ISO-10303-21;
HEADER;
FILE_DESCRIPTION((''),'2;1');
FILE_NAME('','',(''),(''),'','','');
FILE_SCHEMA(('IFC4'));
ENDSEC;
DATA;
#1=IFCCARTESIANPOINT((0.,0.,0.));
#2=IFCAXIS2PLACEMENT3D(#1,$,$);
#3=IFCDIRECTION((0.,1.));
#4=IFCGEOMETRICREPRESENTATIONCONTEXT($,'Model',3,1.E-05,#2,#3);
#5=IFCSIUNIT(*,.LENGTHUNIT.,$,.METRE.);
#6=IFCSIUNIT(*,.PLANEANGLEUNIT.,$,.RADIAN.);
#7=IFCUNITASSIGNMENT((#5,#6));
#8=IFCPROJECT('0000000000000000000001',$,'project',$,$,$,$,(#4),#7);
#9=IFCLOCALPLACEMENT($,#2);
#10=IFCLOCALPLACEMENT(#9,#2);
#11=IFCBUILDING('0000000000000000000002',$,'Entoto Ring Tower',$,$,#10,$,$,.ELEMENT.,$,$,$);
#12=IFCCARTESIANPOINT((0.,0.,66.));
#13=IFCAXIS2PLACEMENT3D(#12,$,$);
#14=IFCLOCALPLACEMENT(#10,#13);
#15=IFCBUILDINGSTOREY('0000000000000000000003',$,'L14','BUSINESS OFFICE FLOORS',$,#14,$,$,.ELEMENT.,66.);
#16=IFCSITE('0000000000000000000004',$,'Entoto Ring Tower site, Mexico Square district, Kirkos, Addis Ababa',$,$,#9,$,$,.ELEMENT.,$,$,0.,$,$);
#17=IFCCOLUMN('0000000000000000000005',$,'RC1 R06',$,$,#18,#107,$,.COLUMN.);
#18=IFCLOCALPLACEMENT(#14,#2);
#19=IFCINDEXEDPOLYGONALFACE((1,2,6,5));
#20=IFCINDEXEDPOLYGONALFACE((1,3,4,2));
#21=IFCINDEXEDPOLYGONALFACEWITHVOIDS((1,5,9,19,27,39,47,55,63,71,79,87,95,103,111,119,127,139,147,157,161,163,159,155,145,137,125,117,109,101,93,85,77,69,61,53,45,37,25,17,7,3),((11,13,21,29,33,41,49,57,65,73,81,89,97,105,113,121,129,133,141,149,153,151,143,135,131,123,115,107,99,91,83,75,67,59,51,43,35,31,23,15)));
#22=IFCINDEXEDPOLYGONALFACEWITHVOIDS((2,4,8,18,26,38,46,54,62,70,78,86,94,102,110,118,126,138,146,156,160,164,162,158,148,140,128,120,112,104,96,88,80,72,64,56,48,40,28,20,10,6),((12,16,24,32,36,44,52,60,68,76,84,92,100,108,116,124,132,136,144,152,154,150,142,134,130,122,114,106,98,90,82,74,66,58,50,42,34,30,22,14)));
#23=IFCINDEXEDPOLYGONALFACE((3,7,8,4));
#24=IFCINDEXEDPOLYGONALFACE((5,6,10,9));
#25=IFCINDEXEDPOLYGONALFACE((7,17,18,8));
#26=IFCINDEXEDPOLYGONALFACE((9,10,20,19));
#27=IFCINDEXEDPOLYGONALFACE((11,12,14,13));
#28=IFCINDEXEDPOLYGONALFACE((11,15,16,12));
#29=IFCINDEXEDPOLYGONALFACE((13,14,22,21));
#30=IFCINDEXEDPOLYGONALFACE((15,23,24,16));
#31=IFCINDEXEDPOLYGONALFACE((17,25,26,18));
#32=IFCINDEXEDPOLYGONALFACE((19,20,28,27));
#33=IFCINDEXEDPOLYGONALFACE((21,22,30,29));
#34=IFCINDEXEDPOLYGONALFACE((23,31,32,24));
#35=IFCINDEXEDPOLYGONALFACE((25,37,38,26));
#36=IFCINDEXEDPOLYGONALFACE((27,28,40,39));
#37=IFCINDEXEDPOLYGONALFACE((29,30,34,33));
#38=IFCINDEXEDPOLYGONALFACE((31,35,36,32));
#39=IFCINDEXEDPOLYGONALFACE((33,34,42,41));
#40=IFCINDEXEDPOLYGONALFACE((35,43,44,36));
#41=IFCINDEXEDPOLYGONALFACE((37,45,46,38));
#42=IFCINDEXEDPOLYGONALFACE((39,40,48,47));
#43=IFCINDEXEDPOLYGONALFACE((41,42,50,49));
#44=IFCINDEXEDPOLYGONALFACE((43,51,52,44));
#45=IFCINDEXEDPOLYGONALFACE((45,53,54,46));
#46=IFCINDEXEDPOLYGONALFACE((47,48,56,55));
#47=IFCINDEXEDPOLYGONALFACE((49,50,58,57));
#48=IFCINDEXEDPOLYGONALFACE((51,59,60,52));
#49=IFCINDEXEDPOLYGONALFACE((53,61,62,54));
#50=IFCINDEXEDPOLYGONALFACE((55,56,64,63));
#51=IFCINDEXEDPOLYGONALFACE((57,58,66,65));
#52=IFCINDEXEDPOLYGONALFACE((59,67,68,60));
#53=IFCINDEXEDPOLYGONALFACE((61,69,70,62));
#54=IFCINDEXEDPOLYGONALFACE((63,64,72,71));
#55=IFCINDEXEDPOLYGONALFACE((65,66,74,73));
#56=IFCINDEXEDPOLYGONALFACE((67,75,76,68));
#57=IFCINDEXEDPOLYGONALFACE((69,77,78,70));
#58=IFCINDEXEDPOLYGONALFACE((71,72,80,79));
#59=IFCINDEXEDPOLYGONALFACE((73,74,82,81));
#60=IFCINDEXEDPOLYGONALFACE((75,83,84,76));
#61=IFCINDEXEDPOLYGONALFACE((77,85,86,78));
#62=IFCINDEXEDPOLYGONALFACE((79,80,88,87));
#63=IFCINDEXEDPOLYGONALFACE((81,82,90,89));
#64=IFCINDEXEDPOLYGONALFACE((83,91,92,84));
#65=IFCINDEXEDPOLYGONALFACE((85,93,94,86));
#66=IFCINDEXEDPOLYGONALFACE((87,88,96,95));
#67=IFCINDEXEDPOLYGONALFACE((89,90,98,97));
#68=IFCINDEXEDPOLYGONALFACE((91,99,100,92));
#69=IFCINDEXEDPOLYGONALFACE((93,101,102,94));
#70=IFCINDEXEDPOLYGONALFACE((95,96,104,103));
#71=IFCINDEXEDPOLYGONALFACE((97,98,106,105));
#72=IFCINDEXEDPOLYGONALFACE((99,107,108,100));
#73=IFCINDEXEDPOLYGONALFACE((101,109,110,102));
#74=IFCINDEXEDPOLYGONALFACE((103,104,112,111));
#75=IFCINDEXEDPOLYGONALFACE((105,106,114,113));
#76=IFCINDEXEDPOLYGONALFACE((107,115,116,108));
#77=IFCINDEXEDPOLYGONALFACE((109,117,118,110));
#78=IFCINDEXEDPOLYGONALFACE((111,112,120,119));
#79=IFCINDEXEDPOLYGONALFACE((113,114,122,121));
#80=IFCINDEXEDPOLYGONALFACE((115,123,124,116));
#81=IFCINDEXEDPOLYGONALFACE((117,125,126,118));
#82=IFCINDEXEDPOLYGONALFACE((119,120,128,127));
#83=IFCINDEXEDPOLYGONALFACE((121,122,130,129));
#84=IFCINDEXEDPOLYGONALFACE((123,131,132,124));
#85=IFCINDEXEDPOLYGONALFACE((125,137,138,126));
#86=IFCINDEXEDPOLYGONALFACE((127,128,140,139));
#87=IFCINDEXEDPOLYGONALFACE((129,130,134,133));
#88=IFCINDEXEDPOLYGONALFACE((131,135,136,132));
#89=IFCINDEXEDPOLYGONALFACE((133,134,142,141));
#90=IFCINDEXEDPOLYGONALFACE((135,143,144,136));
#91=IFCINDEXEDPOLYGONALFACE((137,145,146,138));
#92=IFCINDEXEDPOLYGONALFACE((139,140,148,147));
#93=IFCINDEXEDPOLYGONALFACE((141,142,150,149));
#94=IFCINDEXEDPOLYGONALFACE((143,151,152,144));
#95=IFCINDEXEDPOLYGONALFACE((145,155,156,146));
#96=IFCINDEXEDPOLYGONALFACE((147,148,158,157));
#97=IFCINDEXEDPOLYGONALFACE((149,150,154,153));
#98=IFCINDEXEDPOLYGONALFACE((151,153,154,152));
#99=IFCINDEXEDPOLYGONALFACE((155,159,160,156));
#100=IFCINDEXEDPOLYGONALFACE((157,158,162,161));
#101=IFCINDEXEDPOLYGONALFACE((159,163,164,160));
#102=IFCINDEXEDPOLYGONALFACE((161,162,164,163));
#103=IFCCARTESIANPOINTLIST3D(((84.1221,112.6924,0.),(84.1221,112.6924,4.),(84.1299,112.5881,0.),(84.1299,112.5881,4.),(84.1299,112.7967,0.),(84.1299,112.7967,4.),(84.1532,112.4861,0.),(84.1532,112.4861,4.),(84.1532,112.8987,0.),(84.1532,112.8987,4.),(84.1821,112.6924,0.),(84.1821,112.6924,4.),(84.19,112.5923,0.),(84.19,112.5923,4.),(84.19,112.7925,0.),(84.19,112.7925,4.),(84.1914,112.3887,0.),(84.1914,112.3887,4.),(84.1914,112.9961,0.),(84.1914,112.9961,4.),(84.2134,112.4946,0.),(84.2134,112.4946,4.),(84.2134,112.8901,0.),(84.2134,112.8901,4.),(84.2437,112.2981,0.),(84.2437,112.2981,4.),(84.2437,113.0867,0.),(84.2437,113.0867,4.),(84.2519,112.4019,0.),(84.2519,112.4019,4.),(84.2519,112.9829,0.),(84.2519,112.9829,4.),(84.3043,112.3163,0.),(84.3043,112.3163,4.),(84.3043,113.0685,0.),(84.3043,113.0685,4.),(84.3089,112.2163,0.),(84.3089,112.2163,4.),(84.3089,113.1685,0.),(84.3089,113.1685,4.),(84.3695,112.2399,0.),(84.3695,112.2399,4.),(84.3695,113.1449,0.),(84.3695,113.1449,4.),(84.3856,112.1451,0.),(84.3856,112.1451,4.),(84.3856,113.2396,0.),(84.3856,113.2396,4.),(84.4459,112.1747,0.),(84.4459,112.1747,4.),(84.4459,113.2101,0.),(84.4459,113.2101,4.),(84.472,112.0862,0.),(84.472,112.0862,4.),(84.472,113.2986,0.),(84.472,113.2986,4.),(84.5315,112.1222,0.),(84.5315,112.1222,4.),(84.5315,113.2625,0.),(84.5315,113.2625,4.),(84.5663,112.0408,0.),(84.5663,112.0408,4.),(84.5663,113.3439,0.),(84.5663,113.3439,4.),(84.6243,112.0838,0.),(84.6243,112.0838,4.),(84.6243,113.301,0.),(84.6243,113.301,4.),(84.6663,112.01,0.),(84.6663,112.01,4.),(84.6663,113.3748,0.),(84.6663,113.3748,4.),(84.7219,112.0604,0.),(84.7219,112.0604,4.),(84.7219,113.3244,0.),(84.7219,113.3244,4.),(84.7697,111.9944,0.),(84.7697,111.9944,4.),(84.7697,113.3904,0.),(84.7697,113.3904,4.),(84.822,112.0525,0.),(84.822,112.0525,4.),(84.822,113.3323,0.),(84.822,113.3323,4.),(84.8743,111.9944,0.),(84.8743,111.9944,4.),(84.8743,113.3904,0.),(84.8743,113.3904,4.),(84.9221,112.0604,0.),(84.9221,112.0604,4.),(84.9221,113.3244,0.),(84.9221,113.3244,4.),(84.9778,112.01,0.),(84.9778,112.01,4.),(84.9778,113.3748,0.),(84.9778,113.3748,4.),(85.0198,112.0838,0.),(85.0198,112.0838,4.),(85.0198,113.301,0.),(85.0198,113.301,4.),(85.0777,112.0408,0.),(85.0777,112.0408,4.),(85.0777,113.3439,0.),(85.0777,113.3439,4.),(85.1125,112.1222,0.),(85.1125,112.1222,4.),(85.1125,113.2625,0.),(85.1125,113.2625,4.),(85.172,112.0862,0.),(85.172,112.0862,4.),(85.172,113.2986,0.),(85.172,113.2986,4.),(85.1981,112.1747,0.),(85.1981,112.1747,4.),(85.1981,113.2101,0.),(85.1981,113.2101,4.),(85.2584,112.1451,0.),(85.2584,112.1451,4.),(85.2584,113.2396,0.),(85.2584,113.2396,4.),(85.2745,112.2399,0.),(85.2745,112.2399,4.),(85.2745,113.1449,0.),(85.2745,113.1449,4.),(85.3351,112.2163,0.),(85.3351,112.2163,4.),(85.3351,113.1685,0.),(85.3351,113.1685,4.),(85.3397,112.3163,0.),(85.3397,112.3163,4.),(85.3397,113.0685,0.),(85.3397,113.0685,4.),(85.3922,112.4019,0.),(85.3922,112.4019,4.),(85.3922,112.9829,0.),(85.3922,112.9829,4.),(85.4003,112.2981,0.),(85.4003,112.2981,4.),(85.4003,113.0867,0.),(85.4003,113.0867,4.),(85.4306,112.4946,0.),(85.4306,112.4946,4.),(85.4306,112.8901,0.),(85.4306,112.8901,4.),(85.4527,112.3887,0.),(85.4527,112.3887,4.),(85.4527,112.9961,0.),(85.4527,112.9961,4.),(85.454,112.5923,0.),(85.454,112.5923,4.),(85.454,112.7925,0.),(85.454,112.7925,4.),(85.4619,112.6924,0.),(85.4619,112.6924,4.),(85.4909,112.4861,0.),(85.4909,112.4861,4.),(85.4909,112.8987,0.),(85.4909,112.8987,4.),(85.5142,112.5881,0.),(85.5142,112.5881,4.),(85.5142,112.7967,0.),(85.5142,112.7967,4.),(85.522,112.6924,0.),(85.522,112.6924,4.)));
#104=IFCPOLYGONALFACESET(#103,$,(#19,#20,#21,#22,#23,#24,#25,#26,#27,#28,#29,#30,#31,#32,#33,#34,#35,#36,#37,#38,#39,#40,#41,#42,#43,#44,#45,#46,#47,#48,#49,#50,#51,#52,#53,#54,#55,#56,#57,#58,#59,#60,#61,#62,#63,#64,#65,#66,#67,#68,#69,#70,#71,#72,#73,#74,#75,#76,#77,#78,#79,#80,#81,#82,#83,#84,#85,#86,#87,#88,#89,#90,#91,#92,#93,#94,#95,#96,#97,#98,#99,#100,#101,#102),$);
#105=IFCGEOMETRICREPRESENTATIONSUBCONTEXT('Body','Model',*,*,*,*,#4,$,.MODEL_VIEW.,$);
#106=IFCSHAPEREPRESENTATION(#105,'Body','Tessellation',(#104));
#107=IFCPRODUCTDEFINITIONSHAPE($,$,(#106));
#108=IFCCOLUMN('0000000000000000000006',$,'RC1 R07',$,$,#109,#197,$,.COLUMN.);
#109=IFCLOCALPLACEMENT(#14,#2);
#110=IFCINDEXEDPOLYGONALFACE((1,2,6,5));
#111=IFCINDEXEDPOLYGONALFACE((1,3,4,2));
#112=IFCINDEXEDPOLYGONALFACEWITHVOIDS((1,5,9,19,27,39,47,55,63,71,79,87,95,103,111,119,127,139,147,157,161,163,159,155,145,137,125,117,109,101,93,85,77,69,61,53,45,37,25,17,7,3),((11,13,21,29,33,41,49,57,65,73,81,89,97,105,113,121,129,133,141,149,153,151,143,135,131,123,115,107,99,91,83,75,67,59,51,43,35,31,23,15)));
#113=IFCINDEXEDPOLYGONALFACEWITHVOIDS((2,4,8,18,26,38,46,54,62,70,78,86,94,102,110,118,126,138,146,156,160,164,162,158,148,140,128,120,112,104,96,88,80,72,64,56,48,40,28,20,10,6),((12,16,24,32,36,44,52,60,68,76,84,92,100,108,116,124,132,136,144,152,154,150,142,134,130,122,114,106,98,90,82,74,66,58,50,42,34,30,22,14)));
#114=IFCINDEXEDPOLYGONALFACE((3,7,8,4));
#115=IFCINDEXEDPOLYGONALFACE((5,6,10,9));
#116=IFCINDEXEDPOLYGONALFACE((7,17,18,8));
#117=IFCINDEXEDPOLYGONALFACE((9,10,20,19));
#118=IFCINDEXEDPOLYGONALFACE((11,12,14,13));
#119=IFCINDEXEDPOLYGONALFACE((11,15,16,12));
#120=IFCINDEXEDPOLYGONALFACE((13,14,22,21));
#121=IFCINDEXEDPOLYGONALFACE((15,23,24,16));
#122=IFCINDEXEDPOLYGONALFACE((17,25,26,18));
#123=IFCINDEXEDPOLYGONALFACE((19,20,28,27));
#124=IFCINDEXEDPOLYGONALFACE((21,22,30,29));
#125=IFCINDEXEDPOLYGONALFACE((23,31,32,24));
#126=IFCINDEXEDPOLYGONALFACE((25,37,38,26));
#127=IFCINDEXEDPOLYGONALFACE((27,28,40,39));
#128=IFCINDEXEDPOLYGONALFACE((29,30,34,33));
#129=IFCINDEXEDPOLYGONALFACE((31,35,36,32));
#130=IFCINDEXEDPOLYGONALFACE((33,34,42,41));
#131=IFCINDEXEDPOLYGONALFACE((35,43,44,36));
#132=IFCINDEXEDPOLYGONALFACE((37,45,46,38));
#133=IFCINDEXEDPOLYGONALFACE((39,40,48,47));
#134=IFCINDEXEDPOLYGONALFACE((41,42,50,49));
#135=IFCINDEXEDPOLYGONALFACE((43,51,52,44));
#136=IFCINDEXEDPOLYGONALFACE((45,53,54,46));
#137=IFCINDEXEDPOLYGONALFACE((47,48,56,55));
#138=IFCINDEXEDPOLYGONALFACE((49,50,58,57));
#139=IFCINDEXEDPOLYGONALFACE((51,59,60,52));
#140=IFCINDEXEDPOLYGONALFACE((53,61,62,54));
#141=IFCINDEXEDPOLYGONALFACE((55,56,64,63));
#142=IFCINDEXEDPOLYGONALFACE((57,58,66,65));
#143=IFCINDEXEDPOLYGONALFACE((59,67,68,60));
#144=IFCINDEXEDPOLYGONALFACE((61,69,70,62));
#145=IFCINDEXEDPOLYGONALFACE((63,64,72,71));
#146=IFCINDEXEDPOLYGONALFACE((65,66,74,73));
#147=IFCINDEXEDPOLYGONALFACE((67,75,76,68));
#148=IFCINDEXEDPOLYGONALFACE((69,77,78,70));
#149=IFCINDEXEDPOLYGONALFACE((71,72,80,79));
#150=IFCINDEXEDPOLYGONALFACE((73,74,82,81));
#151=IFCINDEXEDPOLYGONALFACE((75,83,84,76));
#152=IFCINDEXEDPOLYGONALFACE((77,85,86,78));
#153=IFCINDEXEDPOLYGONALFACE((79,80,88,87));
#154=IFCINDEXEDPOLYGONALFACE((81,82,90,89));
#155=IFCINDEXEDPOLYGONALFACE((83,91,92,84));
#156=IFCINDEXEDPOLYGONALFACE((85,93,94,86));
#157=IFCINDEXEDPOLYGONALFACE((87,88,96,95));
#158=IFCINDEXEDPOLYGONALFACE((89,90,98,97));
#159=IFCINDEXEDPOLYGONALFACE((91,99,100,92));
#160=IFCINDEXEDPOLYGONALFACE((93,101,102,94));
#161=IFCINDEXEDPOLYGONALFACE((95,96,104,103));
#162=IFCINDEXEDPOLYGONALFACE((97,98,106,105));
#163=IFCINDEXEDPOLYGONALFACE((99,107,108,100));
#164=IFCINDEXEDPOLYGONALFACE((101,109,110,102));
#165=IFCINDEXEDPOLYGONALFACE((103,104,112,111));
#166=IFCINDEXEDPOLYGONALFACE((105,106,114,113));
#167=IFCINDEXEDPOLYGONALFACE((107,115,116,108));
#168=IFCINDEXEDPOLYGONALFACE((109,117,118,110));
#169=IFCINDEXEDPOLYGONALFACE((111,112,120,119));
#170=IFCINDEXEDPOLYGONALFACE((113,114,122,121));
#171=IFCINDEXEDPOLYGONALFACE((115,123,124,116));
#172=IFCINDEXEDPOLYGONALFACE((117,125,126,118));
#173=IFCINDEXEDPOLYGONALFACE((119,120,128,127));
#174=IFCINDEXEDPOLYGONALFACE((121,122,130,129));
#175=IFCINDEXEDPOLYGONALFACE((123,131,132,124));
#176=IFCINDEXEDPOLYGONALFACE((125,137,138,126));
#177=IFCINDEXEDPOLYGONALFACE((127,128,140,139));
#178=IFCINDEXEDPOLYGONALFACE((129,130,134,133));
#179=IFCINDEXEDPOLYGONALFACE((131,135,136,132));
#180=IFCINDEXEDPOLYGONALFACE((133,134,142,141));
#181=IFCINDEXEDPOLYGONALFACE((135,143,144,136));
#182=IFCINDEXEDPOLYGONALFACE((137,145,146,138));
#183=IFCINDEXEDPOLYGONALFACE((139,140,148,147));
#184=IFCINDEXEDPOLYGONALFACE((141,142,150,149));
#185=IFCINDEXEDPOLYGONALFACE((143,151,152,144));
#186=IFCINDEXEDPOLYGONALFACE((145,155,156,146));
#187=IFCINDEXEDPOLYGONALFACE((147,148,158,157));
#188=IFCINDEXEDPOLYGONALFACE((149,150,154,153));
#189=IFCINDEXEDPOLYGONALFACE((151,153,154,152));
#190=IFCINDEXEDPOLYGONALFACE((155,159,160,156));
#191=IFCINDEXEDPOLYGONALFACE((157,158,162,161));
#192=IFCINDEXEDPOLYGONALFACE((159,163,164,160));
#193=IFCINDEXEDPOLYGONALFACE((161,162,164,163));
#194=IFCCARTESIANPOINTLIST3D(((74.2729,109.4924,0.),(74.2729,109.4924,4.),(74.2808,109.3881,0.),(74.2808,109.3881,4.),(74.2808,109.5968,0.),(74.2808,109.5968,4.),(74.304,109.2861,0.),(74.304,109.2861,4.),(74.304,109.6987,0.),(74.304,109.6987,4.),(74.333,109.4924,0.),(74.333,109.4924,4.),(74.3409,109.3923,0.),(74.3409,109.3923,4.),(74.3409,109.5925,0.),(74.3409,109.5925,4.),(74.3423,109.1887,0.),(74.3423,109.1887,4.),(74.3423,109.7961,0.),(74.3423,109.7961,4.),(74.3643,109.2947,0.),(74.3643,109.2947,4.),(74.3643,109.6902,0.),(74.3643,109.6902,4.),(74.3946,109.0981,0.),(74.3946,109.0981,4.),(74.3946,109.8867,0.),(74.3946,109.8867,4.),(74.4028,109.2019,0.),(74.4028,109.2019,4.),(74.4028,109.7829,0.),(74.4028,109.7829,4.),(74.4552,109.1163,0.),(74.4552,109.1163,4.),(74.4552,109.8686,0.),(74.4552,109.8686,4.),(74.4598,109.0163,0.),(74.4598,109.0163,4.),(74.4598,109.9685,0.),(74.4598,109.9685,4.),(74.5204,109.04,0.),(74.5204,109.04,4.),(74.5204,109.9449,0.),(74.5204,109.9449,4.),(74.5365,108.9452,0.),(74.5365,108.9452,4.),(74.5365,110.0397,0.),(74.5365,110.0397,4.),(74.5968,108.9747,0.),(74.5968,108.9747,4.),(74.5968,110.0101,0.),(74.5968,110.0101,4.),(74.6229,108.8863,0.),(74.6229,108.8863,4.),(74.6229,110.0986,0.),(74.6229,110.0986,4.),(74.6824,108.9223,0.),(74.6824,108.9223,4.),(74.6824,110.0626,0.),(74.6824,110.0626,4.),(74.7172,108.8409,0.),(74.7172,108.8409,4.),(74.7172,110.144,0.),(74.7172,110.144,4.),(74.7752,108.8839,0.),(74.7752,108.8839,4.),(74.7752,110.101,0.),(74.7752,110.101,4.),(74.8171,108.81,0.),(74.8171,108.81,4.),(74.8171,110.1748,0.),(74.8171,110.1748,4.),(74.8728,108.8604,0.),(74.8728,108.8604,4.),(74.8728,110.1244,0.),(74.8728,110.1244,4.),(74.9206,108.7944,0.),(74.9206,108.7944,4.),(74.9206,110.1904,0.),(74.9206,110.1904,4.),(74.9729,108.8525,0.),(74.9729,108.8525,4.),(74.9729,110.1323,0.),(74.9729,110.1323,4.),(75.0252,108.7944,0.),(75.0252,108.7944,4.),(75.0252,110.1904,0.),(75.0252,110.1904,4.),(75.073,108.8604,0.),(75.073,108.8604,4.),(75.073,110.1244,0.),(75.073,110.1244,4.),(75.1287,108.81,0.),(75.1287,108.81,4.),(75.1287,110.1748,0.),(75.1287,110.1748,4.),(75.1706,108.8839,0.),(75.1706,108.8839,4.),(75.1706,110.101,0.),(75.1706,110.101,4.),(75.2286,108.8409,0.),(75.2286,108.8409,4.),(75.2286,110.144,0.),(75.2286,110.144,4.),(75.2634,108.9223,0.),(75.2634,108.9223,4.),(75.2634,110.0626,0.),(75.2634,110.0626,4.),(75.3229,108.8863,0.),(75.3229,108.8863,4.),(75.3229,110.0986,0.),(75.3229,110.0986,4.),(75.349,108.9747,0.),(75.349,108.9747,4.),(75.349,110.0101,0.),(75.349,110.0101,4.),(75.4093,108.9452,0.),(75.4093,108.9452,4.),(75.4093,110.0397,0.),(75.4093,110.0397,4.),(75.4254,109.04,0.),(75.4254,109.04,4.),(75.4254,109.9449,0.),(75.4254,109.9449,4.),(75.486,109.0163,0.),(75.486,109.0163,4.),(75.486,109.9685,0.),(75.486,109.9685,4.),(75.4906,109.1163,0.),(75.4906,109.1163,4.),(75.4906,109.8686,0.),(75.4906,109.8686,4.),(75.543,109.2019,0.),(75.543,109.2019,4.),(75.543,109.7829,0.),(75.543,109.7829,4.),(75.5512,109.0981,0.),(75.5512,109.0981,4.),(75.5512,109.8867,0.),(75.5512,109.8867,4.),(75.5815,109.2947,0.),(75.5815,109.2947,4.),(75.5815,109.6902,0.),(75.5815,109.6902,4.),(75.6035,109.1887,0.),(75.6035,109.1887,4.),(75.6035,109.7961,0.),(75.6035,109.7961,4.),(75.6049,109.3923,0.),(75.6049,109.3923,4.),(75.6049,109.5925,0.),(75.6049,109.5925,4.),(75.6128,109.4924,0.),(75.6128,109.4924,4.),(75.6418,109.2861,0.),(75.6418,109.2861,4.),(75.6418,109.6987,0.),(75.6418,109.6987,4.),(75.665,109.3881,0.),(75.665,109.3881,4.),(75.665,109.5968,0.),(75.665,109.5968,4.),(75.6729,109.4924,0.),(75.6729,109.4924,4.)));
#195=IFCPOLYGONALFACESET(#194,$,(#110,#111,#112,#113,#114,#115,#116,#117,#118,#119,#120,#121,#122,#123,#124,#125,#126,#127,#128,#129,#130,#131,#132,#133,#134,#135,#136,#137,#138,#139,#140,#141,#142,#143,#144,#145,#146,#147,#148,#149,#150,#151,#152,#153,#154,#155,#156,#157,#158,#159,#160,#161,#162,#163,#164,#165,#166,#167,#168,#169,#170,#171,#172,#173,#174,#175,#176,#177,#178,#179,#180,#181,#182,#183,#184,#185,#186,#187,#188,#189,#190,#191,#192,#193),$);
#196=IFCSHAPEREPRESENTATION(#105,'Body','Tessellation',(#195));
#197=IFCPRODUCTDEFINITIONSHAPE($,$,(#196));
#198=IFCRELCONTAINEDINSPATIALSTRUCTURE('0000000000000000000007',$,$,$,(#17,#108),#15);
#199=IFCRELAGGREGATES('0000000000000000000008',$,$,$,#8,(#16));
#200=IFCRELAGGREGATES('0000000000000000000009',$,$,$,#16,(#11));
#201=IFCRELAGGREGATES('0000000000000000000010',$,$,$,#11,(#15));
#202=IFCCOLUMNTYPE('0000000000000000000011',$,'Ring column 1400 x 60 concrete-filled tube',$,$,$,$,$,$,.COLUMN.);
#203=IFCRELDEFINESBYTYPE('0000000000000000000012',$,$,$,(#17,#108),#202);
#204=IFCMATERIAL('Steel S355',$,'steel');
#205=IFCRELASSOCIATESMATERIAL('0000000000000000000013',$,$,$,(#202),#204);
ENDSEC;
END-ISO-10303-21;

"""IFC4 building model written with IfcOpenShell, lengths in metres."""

from ifc_helpers import new_model, si_unit, direction, frame, origin, origin_2d, place, context, subcontext, project, spatial, circle, hollow_circle, extrude, material, material_profile, profile_set, type_object, element, save


model = new_model("IFC4")

# Units and contexts
model_context = context("Model", 3, precision=1e-05, world=origin(), true_north=direction((0.0, 1.0)))
body_context = subcontext(model_context, "Body", "Model", "MODEL_VIEW")
ifc_project = project(units=[si_unit("LENGTHUNIT", "METRE"), si_unit("PLANEANGLEUNIT", "RADIAN")], contexts=[model_context])

# Site, building, storey
site_placement = place(None, origin())
site = spatial("IfcSite", under=ifc_project, at=site_placement, Name="Entoto Ring Tower site, Mexico Square district, Kirkos, Addis Ababa", CompositionType="ELEMENT", RefElevation=0.0)
building_placement = place(site_placement, origin())
building = spatial("IfcBuilding", under=site, at=building_placement, Name="Entoto Ring Tower", CompositionType="ELEMENT")
storey_placement = place(building_placement, frame((0.0, 0.0, 66.0)))
storey = spatial("IfcBuildingStorey", under=building, at=storey_placement, Name="L14", Description="BUSINESS OFFICE FLOORS", CompositionType="ELEMENT", Elevation=66.0)

# Columns
ifc_material_1 = material(Name="Steel S355", Category="steel")
ifc_material_profile_1 = material_profile(ifc_material_1, hollow_circle(Radius=0.7, WallThickness=0.0601, at=origin_2d()), Name="CHS 1400 x 60")
ifc_material_2 = material(Name="Concrete C60/75", Category="concrete")
ifc_material_profile_2 = material_profile(ifc_material_2, circle(Radius=0.6399, at=origin_2d()), Name="Concrete C60/75 infill")
ifc_profile_set_1 = profile_set([ifc_material_profile_1, ifc_material_profile_2], Name="Steel S355")
column_type = type_object("IfcColumnType", Name="Ring column 1400 x 60 concrete-filled tube", PredefinedType="COLUMN", material=ifc_profile_set_1)
for number, where, z_axis, x_axis, name in (
    (1, (84.822, 112.6924, 0.0), (0.0, 0.0, 1.0), (1.0, 0.0, 0.0), "RC1 R06"),
    (2, (74.9729, 109.4924, 0.0), (0.0, 0.0, 1.0), (1.0, 0.0, 0.0), "RC1 R07"),
):
    element("IfcColumn", number, at=place(storey_placement, frame(where, z_axis=z_axis, x_axis=x_axis)), inside=storey, type_object=column_type, Name=name, PredefinedType="COLUMN", context=body_context, shape_type="SweptSolid", body=[
        extrude(hollow_circle(Radius=0.7, WallThickness=0.0601, at=origin_2d()), origin(), (0.0, 0.0, 1.0), 4.0),
    ])

save(model, "model.ifc")
